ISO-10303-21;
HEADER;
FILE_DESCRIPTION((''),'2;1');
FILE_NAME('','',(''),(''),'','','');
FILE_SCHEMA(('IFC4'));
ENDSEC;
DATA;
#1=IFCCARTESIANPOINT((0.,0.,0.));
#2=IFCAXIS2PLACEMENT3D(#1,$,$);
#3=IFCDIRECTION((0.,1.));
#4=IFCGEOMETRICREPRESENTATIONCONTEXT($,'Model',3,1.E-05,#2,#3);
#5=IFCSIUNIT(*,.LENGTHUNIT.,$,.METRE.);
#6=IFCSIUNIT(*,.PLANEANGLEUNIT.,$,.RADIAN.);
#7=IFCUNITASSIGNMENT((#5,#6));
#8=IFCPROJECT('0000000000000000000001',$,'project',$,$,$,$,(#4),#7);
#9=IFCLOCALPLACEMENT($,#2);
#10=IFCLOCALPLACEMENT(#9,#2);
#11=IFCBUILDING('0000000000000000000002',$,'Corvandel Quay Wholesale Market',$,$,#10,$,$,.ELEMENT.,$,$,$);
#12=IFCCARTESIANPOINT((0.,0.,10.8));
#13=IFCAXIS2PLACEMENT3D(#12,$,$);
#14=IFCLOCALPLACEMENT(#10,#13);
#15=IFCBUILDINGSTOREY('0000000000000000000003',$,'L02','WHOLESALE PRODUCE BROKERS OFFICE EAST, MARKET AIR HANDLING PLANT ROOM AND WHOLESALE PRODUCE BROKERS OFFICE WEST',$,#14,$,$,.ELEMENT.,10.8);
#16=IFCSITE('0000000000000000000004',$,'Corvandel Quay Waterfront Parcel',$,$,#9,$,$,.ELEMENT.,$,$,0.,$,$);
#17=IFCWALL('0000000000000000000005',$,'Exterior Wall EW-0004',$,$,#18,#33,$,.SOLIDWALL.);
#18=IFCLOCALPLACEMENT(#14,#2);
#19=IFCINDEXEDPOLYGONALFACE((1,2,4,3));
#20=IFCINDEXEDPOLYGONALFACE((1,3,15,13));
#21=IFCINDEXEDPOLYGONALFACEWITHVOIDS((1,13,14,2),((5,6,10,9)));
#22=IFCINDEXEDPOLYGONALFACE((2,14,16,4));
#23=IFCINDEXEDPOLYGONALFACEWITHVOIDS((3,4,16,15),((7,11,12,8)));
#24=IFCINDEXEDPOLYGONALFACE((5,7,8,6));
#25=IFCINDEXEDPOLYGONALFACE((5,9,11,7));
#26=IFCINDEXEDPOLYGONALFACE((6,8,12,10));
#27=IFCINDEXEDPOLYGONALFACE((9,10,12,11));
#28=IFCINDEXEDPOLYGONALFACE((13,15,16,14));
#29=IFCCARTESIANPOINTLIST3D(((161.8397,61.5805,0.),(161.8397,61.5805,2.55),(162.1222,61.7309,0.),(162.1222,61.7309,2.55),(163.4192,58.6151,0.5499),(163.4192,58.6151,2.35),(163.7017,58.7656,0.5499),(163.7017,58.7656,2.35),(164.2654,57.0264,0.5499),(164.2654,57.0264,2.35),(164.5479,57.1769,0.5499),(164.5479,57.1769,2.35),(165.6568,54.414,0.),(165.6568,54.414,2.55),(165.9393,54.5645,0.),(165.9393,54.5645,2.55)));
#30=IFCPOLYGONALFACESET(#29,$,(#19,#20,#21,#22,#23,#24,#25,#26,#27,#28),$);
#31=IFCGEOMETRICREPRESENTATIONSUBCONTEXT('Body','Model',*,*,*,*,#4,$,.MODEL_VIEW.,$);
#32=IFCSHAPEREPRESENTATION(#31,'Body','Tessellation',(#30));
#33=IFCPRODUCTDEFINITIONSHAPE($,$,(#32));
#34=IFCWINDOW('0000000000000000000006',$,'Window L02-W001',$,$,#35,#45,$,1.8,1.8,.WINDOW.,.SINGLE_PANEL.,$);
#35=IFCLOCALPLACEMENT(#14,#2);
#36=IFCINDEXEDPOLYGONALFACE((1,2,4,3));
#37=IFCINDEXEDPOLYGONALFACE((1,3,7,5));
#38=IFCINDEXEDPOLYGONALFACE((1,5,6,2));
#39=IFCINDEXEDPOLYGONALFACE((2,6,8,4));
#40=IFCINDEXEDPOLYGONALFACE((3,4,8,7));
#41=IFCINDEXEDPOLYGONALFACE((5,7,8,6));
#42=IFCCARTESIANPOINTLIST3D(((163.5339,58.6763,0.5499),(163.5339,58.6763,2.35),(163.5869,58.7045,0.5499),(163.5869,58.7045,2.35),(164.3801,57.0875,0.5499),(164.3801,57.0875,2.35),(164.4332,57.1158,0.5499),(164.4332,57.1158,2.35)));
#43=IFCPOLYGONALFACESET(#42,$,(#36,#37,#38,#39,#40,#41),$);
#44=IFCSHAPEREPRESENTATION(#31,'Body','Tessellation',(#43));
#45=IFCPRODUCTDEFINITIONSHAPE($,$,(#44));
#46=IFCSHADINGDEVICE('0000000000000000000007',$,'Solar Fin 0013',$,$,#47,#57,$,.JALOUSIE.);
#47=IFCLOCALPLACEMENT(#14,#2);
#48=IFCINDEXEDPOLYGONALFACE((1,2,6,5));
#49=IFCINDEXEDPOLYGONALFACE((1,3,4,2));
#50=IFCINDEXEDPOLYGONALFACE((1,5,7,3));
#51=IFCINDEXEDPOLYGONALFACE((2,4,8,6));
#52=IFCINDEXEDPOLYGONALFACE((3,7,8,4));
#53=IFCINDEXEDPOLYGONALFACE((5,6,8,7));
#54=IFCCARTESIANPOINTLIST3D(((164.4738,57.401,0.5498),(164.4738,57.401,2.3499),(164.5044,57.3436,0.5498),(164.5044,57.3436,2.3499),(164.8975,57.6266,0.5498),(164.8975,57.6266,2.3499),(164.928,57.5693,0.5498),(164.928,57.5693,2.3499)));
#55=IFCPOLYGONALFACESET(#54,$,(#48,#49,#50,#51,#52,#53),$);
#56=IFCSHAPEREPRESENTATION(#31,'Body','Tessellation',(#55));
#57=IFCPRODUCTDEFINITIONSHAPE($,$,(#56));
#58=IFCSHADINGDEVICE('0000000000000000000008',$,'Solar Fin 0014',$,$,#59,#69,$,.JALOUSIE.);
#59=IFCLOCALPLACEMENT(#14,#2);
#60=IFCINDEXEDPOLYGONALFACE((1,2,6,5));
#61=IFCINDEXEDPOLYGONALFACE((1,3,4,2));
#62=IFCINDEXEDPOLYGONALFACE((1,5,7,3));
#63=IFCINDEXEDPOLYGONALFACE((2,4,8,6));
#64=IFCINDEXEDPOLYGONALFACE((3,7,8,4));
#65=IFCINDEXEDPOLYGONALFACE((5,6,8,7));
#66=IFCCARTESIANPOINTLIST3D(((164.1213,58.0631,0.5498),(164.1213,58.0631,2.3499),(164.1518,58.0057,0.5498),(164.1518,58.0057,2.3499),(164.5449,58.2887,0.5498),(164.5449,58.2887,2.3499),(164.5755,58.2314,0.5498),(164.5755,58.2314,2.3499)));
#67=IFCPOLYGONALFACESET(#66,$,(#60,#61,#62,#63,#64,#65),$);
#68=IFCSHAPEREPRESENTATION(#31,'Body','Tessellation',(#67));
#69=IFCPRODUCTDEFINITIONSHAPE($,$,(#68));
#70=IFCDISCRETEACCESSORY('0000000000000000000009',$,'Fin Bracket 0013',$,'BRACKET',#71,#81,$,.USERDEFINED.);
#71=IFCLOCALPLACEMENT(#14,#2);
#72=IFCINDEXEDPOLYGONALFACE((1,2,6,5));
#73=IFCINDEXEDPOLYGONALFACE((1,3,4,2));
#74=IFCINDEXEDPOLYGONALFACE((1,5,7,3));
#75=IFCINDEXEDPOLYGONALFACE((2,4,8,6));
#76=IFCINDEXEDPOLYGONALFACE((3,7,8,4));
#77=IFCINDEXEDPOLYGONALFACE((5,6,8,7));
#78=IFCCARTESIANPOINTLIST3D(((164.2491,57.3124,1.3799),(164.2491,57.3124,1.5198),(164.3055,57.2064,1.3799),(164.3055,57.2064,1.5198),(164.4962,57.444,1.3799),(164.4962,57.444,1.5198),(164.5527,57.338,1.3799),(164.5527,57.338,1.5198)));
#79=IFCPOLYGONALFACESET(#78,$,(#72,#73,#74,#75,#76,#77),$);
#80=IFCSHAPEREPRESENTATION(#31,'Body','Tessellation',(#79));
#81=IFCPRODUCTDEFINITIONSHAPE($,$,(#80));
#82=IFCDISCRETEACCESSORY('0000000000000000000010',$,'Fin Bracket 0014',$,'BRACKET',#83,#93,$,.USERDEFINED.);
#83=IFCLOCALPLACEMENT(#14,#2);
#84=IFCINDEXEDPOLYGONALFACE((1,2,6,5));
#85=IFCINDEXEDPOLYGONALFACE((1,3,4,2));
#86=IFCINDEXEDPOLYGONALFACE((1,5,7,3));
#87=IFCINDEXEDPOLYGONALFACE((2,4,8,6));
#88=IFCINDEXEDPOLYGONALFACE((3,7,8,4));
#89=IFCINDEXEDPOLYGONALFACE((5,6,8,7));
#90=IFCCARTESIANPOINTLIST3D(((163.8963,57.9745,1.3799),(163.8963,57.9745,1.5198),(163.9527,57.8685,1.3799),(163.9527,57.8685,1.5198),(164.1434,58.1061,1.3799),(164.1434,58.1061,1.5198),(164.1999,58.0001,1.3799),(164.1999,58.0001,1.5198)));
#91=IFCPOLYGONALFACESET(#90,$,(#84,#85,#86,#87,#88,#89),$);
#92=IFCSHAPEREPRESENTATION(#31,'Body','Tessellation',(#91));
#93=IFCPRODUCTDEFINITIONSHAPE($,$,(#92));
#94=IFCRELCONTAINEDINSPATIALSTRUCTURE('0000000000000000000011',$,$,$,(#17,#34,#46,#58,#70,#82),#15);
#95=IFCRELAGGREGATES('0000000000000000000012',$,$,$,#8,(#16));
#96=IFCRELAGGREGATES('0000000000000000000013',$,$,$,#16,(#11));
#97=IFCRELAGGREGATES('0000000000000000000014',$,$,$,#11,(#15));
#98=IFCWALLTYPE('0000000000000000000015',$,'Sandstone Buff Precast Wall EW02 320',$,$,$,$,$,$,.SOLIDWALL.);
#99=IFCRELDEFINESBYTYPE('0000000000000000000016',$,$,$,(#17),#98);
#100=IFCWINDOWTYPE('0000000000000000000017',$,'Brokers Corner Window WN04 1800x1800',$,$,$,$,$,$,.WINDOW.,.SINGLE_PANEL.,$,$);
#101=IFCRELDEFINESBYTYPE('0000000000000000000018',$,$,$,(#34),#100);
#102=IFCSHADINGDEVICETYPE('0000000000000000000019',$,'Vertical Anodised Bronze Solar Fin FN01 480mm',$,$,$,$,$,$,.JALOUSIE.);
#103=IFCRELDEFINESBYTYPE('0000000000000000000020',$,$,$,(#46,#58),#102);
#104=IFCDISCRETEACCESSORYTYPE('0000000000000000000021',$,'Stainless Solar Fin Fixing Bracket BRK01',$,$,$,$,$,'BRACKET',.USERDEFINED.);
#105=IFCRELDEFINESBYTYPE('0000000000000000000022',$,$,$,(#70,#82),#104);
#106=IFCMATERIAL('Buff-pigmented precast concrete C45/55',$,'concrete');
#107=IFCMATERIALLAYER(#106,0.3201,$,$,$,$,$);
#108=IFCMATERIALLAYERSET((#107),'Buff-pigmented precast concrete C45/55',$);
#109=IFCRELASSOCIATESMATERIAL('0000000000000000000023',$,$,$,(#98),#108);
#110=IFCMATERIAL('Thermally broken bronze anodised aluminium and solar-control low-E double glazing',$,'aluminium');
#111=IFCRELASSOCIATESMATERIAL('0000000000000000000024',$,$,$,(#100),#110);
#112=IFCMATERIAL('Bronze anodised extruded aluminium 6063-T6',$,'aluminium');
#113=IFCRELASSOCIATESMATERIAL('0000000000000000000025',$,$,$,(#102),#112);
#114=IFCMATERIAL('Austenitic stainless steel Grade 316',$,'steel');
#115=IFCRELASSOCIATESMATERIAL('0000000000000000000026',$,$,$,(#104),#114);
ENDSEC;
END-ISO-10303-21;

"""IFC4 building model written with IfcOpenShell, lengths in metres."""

from ifc_helpers import new_model, si_unit, direction, frame, frame_2d, origin, origin_2d, place, context, subcontext, project, spatial, rectangle, extrude, material, layer, layer_set, type_object, element, fill, save


model = new_model("IFC4")

# Units and contexts
model_context = context("Model", 3, precision=1e-05, world=origin(), true_north=direction((0.0, 1.0)))
body_context = subcontext(model_context, "Body", "Model", "MODEL_VIEW")
ifc_project = project(units=[si_unit("LENGTHUNIT", "METRE"), si_unit("PLANEANGLEUNIT", "RADIAN")], contexts=[model_context])

# Site, building, storey
site_placement = place(None, origin())
site = spatial("IfcSite", under=ifc_project, at=site_placement, Name="Corvandel Quay Waterfront Parcel", CompositionType="ELEMENT", RefElevation=0.0)
building_placement = place(site_placement, origin())
building = spatial("IfcBuilding", under=site, at=building_placement, Name="Corvandel Quay Wholesale Market", CompositionType="ELEMENT")
storey_placement = place(building_placement, frame((0.0, 0.0, 10.8)))
storey = spatial("IfcBuildingStorey", under=building, at=storey_placement, Name="L02", Description="WHOLESALE PRODUCE BROKERS OFFICE EAST, MARKET AIR HANDLING PLANT ROOM AND WHOLESALE PRODUCE BROKERS OFFICE WEST", CompositionType="ELEMENT", Elevation=10.8)

# Wall, opening, window
ifc_material_1 = material(Name="Buff-pigmented precast concrete C45/55", Category="concrete")
ifc_layer_1 = layer(ifc_material_1, 0.3201)
ifc_layer_set_1 = layer_set([ifc_layer_1], Name="Buff-pigmented precast concrete C45/55")
wall_type_1 = type_object("IfcWallType", Name="Sandstone Buff Precast Wall EW02 320", PredefinedType="SOLIDWALL", material=ifc_layer_set_1)
wall_1_placement = place(storey_placement, frame((165.7981, 54.4893, 0.0), z_axis=(0.0, 0.0, 1.0), x_axis=(-0.470109, 0.882608, 0.0)))
wall_1 = element("IfcWall", 1, at=wall_1_placement, inside=storey, type_object=wall_type_1, Name="Exterior Wall EW-0004", PredefinedType="SOLIDWALL", context=body_context, shape_type="SweptSolid", body=[
    extrude(rectangle(XDim=8.1196, YDim=0.3201, at=frame_2d((4.0598, 0.0))), origin(), (0.0, 0.0, 1.0), 2.55),
])
opening_1_placement = place(wall_1_placement, frame((2.96, 0.0, 0.55)))
opening_1 = element("IfcOpeningElement", 2, at=opening_1_placement, cuts=wall_1, PredefinedType="OPENING", context=body_context, shape_type="SweptSolid", body=[
    extrude(rectangle(XDim=1.8, YDim=1.8, at=frame_2d((0.8999, 0.8999))), frame((0.0, 0.1699, 0.0), z_axis=(0.0, -1.0, 0.0), x_axis=(1.0, 0.0, 0.0)), (0.0, 0.0, 1.0), 0.3401),
])
ifc_material_2 = material(Name="Thermally broken bronze anodised aluminium and solar-control low-E double glazing", Category="aluminium")
window_type = type_object("IfcWindowType", Name="Brokers Corner Window WN04 1800x1800", PartitioningType="SINGLE_PANEL", PredefinedType="WINDOW", material=ifc_material_2)
window_placement = place(opening_1_placement, origin())
window = element("IfcWindow", 3, at=window_placement, inside=storey, type_object=window_type, Name="Window L02-W001", OverallHeight=1.8, OverallWidth=1.8, PartitioningType="SINGLE_PANEL", PredefinedType="WINDOW", context=body_context, shape_type="SweptSolid", body=[
    extrude(rectangle(XDim=1.8, YDim=1.8, at=frame_2d((0.8999, 0.8999))), frame((0.0, 0.03, 0.0), z_axis=(0.0, -1.0, 0.0), x_axis=(1.0, 0.0, 0.0)), (0.0, 0.0, 1.0), 0.0601),
])
fill(opening_1, window)

# Shading devices
ifc_material_3 = material(Name="Bronze anodised extruded aluminium 6063-T6", Category="aluminium")
shading_device_type = type_object("IfcShadingDeviceType", Name="Vertical Anodised Bronze Solar Fin FN01 480mm", PredefinedType="JALOUSIE", material=ifc_material_3)
for number, where, z_axis, x_axis, name in (
    (4, (164.7009, 57.4851, 0.5498), (0.0, 0.0, 1.0), (0.88262, 0.470088, 0.0), "Solar Fin 0013"),
    (5, (164.3484, 58.1472, 0.5498), (0.0, 0.0, 1.0), (0.88262, 0.470088, 0.0), "Solar Fin 0014"),
):
    element("IfcShadingDevice", number, at=place(storey_placement, frame(where, z_axis=z_axis, x_axis=x_axis)), inside=storey, type_object=shading_device_type, Name=name, PredefinedType="JALOUSIE", context=body_context, shape_type="SweptSolid", body=[
        extrude(rectangle(XDim=0.48, YDim=0.0649, at=origin_2d()), origin(), (0.0, 0.0, 1.0), 1.8),
    ])

# Discrete accessories
ifc_material_4 = material(Name="Austenitic stainless steel Grade 316", Category="steel")
discrete_accessory_type = type_object("IfcDiscreteAccessoryType", Name="Stainless Solar Fin Fixing Bracket BRK01", ElementType="BRACKET", PredefinedType="USERDEFINED", material=ifc_material_4)
for number, where, z_axis, x_axis, name in (
    (6, (164.4009, 57.3252, 1.3799), (0.0, 0.0, 1.0), (0.88262, 0.470088, 0.0), "Fin Bracket 0013"),
    (7, (164.0481, 57.9873, 1.3799), (0.0, 0.0, 1.0), (0.88262, 0.470088, 0.0), "Fin Bracket 0014"),
):
    element("IfcDiscreteAccessory", number, at=place(storey_placement, frame(where, z_axis=z_axis, x_axis=x_axis)), inside=storey, type_object=discrete_accessory_type, Name=name, ObjectType="BRACKET", PredefinedType="USERDEFINED", context=body_context, shape_type="SweptSolid", body=[
        extrude(rectangle(XDim=0.28, YDim=0.1201, at=origin_2d()), origin(), (0.0, 0.0, 1.0), 0.1399),
    ])

save(model, "model.ifc")
